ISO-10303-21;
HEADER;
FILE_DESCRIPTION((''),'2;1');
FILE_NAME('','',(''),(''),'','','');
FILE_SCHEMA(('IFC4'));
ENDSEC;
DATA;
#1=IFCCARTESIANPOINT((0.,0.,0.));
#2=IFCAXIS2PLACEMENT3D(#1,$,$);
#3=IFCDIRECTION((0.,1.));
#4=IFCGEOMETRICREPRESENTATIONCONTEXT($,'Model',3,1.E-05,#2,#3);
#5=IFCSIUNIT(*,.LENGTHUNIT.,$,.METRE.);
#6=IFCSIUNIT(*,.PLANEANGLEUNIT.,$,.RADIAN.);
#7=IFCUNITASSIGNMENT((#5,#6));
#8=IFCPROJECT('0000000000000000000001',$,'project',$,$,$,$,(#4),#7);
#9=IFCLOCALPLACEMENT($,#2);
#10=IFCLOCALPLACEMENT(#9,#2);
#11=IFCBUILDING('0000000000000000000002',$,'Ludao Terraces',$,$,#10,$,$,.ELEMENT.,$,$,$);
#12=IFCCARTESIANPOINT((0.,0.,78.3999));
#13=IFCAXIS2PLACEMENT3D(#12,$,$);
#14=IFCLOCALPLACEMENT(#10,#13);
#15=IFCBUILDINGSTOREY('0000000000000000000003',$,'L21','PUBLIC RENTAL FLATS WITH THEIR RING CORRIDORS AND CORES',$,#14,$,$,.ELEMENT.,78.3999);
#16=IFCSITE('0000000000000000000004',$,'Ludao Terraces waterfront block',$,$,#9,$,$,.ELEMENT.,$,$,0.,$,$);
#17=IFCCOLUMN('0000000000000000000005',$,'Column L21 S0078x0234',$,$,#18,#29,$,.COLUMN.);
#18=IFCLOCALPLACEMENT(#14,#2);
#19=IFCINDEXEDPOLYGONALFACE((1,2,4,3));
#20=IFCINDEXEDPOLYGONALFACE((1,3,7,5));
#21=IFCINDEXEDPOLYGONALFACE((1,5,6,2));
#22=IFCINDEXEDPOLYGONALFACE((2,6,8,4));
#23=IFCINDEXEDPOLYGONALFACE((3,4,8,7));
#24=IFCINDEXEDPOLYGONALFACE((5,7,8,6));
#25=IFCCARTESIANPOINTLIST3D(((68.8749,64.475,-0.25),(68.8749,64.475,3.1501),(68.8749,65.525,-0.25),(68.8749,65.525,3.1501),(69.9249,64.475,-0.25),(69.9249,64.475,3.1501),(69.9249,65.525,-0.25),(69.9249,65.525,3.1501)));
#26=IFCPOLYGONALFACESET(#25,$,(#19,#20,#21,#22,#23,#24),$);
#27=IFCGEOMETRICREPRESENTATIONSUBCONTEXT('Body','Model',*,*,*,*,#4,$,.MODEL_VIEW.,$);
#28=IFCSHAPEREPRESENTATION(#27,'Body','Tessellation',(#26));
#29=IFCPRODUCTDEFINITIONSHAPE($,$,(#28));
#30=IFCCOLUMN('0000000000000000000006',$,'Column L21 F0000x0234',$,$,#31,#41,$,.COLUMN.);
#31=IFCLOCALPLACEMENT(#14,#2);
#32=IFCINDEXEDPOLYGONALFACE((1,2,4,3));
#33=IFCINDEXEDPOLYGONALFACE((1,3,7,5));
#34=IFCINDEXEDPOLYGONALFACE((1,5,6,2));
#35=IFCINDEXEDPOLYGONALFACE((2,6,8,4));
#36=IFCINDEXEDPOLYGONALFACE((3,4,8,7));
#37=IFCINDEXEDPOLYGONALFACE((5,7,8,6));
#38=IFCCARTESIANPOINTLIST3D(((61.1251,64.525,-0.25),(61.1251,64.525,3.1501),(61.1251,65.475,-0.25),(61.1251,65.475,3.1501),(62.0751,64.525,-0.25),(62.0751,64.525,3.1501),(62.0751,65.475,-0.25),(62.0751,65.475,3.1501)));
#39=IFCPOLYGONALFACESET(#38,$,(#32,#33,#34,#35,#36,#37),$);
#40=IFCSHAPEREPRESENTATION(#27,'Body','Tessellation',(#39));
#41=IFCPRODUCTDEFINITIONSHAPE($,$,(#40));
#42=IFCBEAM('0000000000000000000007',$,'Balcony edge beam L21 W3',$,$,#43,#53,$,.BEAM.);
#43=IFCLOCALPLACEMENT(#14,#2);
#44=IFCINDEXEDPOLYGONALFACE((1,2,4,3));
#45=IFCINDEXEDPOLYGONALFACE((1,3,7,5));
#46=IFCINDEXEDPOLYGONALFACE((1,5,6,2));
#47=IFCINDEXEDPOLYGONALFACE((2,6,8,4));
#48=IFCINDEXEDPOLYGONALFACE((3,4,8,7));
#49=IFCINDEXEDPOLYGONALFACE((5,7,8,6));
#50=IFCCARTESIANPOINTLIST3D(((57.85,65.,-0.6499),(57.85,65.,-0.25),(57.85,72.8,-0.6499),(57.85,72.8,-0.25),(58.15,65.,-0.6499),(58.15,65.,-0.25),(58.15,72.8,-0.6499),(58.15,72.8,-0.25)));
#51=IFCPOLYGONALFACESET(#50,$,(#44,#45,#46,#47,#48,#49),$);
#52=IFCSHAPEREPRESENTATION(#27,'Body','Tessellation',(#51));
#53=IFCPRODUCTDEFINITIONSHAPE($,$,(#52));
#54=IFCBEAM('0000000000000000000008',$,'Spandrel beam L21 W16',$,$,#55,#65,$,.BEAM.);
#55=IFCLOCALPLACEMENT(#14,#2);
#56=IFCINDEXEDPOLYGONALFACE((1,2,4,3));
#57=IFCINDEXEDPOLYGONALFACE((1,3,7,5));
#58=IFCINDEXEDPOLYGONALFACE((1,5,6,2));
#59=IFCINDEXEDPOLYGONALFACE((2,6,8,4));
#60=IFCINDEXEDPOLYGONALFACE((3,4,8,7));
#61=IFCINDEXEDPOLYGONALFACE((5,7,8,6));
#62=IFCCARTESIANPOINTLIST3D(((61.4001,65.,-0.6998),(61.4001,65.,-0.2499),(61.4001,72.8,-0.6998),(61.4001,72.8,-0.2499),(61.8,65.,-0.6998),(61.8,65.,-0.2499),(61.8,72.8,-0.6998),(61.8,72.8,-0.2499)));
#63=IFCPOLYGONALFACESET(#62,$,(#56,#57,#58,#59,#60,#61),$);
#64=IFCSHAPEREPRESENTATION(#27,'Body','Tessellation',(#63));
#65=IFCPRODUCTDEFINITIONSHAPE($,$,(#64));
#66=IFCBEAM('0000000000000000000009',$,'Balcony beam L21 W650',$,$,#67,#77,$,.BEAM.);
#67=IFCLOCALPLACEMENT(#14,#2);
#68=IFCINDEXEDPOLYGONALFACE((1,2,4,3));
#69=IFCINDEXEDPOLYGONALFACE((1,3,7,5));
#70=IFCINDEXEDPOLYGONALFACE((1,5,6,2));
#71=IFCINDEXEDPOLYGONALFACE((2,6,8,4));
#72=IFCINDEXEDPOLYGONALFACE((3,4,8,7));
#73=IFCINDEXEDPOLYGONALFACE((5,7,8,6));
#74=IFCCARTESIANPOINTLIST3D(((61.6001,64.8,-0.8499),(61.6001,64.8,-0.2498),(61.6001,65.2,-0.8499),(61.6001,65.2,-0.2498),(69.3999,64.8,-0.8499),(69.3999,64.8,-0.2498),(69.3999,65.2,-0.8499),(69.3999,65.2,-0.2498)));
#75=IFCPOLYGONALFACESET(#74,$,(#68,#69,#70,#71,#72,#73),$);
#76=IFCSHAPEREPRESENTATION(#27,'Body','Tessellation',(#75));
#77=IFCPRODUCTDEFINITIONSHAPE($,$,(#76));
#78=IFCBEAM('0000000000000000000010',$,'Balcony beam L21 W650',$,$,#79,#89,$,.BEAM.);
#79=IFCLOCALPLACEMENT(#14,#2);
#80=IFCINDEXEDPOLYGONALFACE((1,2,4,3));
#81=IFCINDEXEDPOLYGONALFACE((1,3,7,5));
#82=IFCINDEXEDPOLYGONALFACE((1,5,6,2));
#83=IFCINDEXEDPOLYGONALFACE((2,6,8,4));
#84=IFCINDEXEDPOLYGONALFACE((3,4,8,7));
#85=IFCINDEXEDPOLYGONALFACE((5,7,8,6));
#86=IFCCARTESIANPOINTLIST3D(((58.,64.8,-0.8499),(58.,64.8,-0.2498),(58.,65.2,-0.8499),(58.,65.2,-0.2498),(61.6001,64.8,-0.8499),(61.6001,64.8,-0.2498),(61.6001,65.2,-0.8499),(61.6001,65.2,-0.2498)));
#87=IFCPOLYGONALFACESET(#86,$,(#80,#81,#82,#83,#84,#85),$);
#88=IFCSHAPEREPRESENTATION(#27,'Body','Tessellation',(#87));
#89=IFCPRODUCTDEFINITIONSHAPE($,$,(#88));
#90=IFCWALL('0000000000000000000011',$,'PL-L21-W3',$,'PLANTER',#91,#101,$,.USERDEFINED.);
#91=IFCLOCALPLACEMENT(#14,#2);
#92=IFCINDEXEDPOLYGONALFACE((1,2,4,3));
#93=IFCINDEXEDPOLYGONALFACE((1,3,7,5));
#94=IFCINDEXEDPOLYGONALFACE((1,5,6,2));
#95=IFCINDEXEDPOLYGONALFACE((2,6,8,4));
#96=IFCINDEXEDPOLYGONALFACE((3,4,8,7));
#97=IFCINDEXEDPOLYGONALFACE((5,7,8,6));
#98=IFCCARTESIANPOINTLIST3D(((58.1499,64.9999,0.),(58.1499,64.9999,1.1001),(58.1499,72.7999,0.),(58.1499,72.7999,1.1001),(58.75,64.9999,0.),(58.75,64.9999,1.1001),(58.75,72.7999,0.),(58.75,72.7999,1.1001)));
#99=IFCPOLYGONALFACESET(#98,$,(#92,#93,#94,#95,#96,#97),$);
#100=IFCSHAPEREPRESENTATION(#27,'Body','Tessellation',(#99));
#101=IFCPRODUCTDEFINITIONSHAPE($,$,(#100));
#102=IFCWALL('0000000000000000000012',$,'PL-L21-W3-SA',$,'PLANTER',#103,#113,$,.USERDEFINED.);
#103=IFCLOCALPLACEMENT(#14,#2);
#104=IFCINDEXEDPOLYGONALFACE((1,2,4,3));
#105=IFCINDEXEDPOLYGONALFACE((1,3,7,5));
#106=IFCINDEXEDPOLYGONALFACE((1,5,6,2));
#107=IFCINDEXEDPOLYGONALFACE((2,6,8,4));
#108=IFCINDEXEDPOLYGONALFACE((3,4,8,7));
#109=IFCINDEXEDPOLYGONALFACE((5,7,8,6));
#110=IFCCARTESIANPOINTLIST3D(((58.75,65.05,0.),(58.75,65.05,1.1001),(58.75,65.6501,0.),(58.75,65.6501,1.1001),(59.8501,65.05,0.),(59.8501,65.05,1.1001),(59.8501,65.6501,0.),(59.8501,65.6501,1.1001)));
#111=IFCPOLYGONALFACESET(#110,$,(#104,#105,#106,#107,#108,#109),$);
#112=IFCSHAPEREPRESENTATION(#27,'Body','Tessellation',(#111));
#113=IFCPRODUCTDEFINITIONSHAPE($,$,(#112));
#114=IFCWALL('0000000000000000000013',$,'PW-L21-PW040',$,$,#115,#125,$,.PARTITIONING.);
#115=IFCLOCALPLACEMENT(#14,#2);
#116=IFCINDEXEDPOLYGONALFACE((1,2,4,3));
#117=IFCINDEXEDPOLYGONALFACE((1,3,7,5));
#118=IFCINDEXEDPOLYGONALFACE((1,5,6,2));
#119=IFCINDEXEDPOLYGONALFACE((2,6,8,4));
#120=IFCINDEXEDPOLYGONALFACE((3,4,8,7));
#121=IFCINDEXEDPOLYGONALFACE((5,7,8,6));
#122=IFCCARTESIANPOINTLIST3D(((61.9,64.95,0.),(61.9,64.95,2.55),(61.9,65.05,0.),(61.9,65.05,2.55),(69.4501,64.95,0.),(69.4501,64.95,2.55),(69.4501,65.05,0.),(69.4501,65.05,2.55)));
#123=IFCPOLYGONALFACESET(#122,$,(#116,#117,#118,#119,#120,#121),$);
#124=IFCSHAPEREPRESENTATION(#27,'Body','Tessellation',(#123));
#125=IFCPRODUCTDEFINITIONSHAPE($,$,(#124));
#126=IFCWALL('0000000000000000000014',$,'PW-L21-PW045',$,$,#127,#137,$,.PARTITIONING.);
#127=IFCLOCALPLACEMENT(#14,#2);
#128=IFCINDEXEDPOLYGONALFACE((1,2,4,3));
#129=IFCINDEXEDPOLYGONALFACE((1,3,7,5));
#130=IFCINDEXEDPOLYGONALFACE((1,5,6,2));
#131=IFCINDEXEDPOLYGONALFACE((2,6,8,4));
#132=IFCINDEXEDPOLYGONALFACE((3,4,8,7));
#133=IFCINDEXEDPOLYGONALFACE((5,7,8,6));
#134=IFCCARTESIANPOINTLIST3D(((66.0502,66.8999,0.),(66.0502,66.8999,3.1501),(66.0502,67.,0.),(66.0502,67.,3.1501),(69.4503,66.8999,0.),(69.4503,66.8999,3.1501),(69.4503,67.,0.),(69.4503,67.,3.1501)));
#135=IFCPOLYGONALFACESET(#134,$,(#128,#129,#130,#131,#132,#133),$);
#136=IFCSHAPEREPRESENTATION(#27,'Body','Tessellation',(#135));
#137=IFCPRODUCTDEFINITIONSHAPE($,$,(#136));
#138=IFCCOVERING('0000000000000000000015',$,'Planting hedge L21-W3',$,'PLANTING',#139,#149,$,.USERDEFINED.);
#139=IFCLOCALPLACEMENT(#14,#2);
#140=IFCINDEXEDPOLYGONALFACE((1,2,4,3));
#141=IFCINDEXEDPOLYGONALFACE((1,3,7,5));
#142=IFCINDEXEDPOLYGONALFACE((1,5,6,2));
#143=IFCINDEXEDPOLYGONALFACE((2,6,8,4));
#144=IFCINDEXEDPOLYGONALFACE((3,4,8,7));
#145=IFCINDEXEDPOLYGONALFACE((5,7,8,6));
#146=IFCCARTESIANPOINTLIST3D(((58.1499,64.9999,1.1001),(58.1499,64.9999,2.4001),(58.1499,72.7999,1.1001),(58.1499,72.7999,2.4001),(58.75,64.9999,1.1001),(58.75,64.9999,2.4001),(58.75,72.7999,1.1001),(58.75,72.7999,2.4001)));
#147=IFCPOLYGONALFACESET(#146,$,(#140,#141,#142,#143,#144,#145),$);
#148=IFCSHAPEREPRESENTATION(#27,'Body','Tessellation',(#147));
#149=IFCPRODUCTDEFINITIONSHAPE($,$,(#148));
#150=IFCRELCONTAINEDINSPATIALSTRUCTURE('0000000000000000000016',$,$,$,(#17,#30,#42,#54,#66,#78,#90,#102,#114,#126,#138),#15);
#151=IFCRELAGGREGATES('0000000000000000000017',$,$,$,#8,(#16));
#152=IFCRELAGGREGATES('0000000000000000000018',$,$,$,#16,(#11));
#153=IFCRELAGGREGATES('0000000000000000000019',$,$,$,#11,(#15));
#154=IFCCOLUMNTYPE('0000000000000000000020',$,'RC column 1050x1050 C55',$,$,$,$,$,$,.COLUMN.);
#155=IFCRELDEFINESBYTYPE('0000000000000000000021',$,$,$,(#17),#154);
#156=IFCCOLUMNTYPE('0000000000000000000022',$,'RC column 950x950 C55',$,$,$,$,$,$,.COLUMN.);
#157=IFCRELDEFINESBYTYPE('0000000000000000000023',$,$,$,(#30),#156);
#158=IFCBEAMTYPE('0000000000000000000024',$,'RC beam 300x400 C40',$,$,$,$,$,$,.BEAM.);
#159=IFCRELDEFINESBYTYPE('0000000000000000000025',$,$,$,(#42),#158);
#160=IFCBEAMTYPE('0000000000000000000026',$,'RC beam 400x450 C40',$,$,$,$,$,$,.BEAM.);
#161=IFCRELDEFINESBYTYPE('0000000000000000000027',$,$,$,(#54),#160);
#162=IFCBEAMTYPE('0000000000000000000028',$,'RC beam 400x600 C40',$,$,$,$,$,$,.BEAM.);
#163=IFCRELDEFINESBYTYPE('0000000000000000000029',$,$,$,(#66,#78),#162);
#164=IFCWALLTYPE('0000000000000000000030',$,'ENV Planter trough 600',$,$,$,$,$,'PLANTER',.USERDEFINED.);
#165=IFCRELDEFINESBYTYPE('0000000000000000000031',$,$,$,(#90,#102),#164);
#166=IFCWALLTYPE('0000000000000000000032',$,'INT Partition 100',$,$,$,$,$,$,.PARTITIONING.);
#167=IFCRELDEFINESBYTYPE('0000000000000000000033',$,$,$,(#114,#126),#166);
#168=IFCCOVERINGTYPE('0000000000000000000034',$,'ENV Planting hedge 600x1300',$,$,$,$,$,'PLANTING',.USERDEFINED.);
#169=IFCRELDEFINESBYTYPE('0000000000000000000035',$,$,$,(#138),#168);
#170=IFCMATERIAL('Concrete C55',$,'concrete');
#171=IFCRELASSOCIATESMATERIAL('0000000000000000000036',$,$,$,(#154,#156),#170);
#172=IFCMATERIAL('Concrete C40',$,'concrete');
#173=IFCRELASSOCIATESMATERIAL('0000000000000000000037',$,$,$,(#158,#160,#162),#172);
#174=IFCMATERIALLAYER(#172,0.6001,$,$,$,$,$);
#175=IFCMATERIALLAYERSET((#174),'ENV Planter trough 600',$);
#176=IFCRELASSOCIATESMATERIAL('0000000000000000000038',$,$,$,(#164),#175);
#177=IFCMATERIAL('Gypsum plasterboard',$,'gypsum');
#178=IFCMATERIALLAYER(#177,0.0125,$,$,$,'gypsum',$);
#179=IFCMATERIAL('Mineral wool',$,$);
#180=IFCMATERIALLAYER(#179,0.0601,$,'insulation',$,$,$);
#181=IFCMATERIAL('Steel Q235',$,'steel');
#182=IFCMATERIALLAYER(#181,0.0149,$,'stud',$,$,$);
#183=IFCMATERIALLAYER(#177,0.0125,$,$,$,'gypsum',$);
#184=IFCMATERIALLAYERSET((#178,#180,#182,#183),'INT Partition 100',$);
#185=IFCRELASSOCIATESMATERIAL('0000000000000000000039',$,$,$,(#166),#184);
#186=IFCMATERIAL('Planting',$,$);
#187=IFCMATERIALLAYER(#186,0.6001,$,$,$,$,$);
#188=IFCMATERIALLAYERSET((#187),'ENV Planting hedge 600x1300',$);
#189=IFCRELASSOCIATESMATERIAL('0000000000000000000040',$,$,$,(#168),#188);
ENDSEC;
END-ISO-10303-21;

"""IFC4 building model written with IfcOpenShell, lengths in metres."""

from ifc_helpers import new_model, si_unit, direction, frame, frame_2d, origin, origin_2d, place, context, subcontext, project, spatial, rectangle, extrude, material, layer, layer_set, material_profile, profile_set, type_object, element, save


model = new_model("IFC4")

# Units and contexts
model_context = context("Model", 3, precision=1e-05, world=origin(), true_north=direction((0.0, 1.0)))
body_context = subcontext(model_context, "Body", "Model", "MODEL_VIEW")
ifc_project = project(units=[si_unit("LENGTHUNIT", "METRE"), si_unit("PLANEANGLEUNIT", "RADIAN")], contexts=[model_context])

# Site, building, storey
site_placement = place(None, origin())
site = spatial("IfcSite", under=ifc_project, at=site_placement, Name="Ludao Terraces waterfront block", CompositionType="ELEMENT", RefElevation=0.0)
building_placement = place(site_placement, origin())
building = spatial("IfcBuilding", under=site, at=building_placement, Name="Ludao Terraces", CompositionType="ELEMENT")
storey_placement = place(building_placement, frame((0.0, 0.0, 78.3999)))
storey = spatial("IfcBuildingStorey", under=building, at=storey_placement, Name="L21", Description="PUBLIC RENTAL FLATS WITH THEIR RING CORRIDORS AND CORES", CompositionType="ELEMENT", Elevation=78.3999)

# Columns
ifc_material_1 = material(Name="Concrete C55", Category="concrete")
ifc_material_profile_1 = material_profile(ifc_material_1, rectangle(XDim=1.05, YDim=1.05, at=origin_2d()), Name="1050 X 1050")
ifc_profile_set_1 = profile_set([ifc_material_profile_1], Name="Concrete C55")
column_type_1 = type_object("IfcColumnType", Name="RC column 1050x1050 C55", PredefinedType="COLUMN", material=ifc_profile_set_1)
column_1_placement = place(storey_placement, frame((69.3999, 65.0, -0.25), z_axis=(0.0, 0.0, 1.0), x_axis=(1.0, 0.0, 0.0)))
element("IfcColumn", 1, at=column_1_placement, inside=storey, type_object=column_type_1, Name="Column L21 S0078x0234", PredefinedType="COLUMN", context=body_context, shape_type="SweptSolid", body=[
    extrude(rectangle(XDim=1.05, YDim=1.05, at=origin_2d()), origin(), (0.0, 0.0, 1.0), 3.4001),
])
ifc_material_profile_2 = material_profile(ifc_material_1, rectangle(XDim=0.95, YDim=0.95, at=origin_2d()), Name="950 X 950")
ifc_profile_set_2 = profile_set([ifc_material_profile_2], Name="Concrete C55")
column_type_2 = type_object("IfcColumnType", Name="RC column 950x950 C55", PredefinedType="COLUMN", material=ifc_profile_set_2)
column_2_placement = place(storey_placement, frame((61.6001, 65.0, -0.25), z_axis=(0.0, 0.0, 1.0), x_axis=(1.0, 0.0, 0.0)))
element("IfcColumn", 2, at=column_2_placement, inside=storey, type_object=column_type_2, Name="Column L21 F0000x0234", PredefinedType="COLUMN", context=body_context, shape_type="SweptSolid", body=[
    extrude(rectangle(XDim=0.95, YDim=0.95, at=origin_2d()), origin(), (0.0, 0.0, 1.0), 3.4001),
])

# Beams
ifc_material_2 = material(Name="Concrete C40", Category="concrete")
ifc_material_profile_3 = material_profile(ifc_material_2, rectangle(XDim=0.3, YDim=0.3999, at=origin_2d()), Name="300 X 400")
ifc_profile_set_3 = profile_set([ifc_material_profile_3], Name="Concrete C40")
beam_type_1 = type_object("IfcBeamType", Name="RC beam 300x400 C40", PredefinedType="BEAM", material=ifc_profile_set_3)
beam_1_placement = place(storey_placement, frame((58.0, 65.0, -0.45), z_axis=(0.0, 1.0, 0.0), x_axis=(-1.0, 0.0, 0.0)))
element("IfcBeam", 3, at=beam_1_placement, inside=storey, type_object=beam_type_1, Name="Balcony edge beam L21 W3", PredefinedType="BEAM", context=body_context, shape_type="SweptSolid", body=[
    extrude(rectangle(XDim=0.3, YDim=0.3999, at=origin_2d()), origin(), (0.0, 0.0, 1.0), 7.8),
])
ifc_material_profile_4 = material_profile(ifc_material_2, rectangle(XDim=0.3999, YDim=0.45, at=origin_2d()), Name="400 X 450")
ifc_profile_set_4 = profile_set([ifc_material_profile_4], Name="Concrete C40")
beam_type_2 = type_object("IfcBeamType", Name="RC beam 400x450 C40", PredefinedType="BEAM", material=ifc_profile_set_4)
beam_2_placement = place(storey_placement, frame((61.6001, 65.0, -0.4749), z_axis=(0.0, 1.0, 0.0), x_axis=(-1.0, 0.0, 0.0)))
element("IfcBeam", 4, at=beam_2_placement, inside=storey, type_object=beam_type_2, Name="Spandrel beam L21 W16", PredefinedType="BEAM", context=body_context, shape_type="SweptSolid", body=[
    extrude(rectangle(XDim=0.3999, YDim=0.45, at=origin_2d()), origin(), (0.0, 0.0, 1.0), 7.8),
])
ifc_material_profile_5 = material_profile(ifc_material_2, rectangle(XDim=0.3999, YDim=0.6001, at=origin_2d()), Name="400 X 600")
ifc_profile_set_5 = profile_set([ifc_material_profile_5], Name="Concrete C40")
beam_type_3 = type_object("IfcBeamType", Name="RC beam 400x600 C40", PredefinedType="BEAM", material=ifc_profile_set_5)
beam_3_placement = place(storey_placement, frame((69.3999, 65.0, -0.5498), z_axis=(-1.0, 0.0, 0.0), x_axis=(0.0, -1.0, 0.0)))
element("IfcBeam", 5, at=beam_3_placement, inside=storey, type_object=beam_type_3, Name="Balcony beam L21 W650", PredefinedType="BEAM", context=body_context, shape_type="SweptSolid", body=[
    extrude(rectangle(XDim=0.3999, YDim=0.6001, at=origin_2d()), origin(), (0.0, 0.0, 1.0), 7.7998),
])
beam_4_placement = place(storey_placement, frame((61.6001, 65.0, -0.5498), z_axis=(-1.0, 0.0, 0.0), x_axis=(0.0, -1.0, 0.0)))
element("IfcBeam", 6, at=beam_4_placement, inside=storey, type_object=beam_type_3, Name="Balcony beam L21 W650", PredefinedType="BEAM", context=body_context, shape_type="SweptSolid", body=[
    extrude(rectangle(XDim=0.3999, YDim=0.6001, at=origin_2d()), origin(), (0.0, 0.0, 1.0), 3.6001),
])

# Walls
ifc_layer_1 = layer(ifc_material_2, 0.6001)
ifc_layer_set_1 = layer_set([ifc_layer_1], Name="ENV Planter trough 600")
wall_type_1 = type_object("IfcWallType", Name="ENV Planter trough 600", ElementType="PLANTER", PredefinedType="USERDEFINED", material=ifc_layer_set_1)
wall_1_placement = place(storey_placement, frame((58.45, 65.0, 0.0), z_axis=(0.0, 0.0, 1.0), x_axis=(0.0, 1.0, 0.0)))
element("IfcWall", 7, at=wall_1_placement, inside=storey, type_object=wall_type_1, Name="PL-L21-W3", ObjectType="PLANTER", PredefinedType="USERDEFINED", context=body_context, shape_type="SweptSolid", body=[
    extrude(rectangle(XDim=7.8, YDim=0.6001, at=frame_2d((3.8999, 0.0))), origin(), (0.0, 0.0, 1.0), 1.1001),
])
wall_2_placement = place(storey_placement, frame((58.75, 65.3501, 0.0), z_axis=(0.0, 0.0, 1.0), x_axis=(1.0, 0.0, 0.0)))
element("IfcWall", 8, at=wall_2_placement, inside=storey, type_object=wall_type_1, Name="PL-L21-W3-SA", ObjectType="PLANTER", PredefinedType="USERDEFINED", context=body_context, shape_type="SweptSolid", body=[
    extrude(rectangle(XDim=1.1001, YDim=0.6001, at=frame_2d((0.55, 0.0))), origin(), (0.0, 0.0, 1.0), 1.1001),
])

# Shared definitions
ifc_material_3 = material(Name="Mineral wool")

# Walls
ifc_material_4 = material(Name="Gypsum plasterboard", Category="gypsum")
ifc_layer_2 = layer(ifc_material_4, 0.0125, Category="gypsum")
ifc_layer_3 = layer(ifc_material_3, 0.0601, Name="insulation")
ifc_material_5 = material(Name="Steel Q235", Category="steel")
ifc_layer_4 = layer(ifc_material_5, 0.0149, Name="stud")
ifc_layer_5 = layer(ifc_material_4, 0.0125, Category="gypsum")
ifc_layer_set_2 = layer_set([ifc_layer_2, ifc_layer_3, ifc_layer_4, ifc_layer_5], Name="INT Partition 100")
wall_type_2 = type_object("IfcWallType", Name="INT Partition 100", PredefinedType="PARTITIONING", material=ifc_layer_set_2)
wall_3_placement = place(storey_placement, frame((61.9001, 65.0, 0.0), z_axis=(0.0, 0.0, 1.0), x_axis=(1.0, 0.0, 0.0)))
element("IfcWall", 9, at=wall_3_placement, inside=storey, type_object=wall_type_2, Name="PW-L21-PW040", PredefinedType="PARTITIONING", context=body_context, shape_type="SweptSolid", body=[
    extrude(rectangle(XDim=7.55, YDim=0.1001, at=frame_2d((3.7749, 0.0))), origin(), (0.0, 0.0, 1.0), 2.55),
])
wall_4_placement = place(storey_placement, frame((66.05, 66.95, 0.0), z_axis=(0.0, 0.0, 1.0), x_axis=(1.0, 0.0, 0.0)))
element("IfcWall", 10, at=wall_4_placement, inside=storey, type_object=wall_type_2, Name="PW-L21-PW045", PredefinedType="PARTITIONING", context=body_context, shape_type="SweptSolid", body=[
    extrude(rectangle(XDim=3.4001, YDim=0.1001, at=frame_2d((1.7002, 0.0))), origin(), (0.0, 0.0, 1.0), 3.1501),
])

# Covering
ifc_material_6 = material(Name="Planting")
ifc_layer_6 = layer(ifc_material_6, 0.6001)
ifc_layer_set_3 = layer_set([ifc_layer_6], Name="ENV Planting hedge 600x1300")
covering_type = type_object("IfcCoveringType", Name="ENV Planting hedge 600x1300", ElementType="PLANTING", PredefinedType="USERDEFINED", material=ifc_layer_set_3)
covering_placement = place(storey_placement, frame((58.45, 68.8999, 1.1001), z_axis=(0.0, 0.0, 1.0), x_axis=(1.0, 0.0, 0.0)))
element("IfcCovering", 11, at=covering_placement, inside=storey, type_object=covering_type, Name="Planting hedge L21-W3", ObjectType="PLANTING", PredefinedType="USERDEFINED", context=body_context, shape_type="SweptSolid", body=[
    extrude(rectangle(XDim=0.6001, YDim=7.8, at=origin_2d()), origin(), (0.0, 0.0, 1.0), 1.3),
])

save(model, "model.ifc")
